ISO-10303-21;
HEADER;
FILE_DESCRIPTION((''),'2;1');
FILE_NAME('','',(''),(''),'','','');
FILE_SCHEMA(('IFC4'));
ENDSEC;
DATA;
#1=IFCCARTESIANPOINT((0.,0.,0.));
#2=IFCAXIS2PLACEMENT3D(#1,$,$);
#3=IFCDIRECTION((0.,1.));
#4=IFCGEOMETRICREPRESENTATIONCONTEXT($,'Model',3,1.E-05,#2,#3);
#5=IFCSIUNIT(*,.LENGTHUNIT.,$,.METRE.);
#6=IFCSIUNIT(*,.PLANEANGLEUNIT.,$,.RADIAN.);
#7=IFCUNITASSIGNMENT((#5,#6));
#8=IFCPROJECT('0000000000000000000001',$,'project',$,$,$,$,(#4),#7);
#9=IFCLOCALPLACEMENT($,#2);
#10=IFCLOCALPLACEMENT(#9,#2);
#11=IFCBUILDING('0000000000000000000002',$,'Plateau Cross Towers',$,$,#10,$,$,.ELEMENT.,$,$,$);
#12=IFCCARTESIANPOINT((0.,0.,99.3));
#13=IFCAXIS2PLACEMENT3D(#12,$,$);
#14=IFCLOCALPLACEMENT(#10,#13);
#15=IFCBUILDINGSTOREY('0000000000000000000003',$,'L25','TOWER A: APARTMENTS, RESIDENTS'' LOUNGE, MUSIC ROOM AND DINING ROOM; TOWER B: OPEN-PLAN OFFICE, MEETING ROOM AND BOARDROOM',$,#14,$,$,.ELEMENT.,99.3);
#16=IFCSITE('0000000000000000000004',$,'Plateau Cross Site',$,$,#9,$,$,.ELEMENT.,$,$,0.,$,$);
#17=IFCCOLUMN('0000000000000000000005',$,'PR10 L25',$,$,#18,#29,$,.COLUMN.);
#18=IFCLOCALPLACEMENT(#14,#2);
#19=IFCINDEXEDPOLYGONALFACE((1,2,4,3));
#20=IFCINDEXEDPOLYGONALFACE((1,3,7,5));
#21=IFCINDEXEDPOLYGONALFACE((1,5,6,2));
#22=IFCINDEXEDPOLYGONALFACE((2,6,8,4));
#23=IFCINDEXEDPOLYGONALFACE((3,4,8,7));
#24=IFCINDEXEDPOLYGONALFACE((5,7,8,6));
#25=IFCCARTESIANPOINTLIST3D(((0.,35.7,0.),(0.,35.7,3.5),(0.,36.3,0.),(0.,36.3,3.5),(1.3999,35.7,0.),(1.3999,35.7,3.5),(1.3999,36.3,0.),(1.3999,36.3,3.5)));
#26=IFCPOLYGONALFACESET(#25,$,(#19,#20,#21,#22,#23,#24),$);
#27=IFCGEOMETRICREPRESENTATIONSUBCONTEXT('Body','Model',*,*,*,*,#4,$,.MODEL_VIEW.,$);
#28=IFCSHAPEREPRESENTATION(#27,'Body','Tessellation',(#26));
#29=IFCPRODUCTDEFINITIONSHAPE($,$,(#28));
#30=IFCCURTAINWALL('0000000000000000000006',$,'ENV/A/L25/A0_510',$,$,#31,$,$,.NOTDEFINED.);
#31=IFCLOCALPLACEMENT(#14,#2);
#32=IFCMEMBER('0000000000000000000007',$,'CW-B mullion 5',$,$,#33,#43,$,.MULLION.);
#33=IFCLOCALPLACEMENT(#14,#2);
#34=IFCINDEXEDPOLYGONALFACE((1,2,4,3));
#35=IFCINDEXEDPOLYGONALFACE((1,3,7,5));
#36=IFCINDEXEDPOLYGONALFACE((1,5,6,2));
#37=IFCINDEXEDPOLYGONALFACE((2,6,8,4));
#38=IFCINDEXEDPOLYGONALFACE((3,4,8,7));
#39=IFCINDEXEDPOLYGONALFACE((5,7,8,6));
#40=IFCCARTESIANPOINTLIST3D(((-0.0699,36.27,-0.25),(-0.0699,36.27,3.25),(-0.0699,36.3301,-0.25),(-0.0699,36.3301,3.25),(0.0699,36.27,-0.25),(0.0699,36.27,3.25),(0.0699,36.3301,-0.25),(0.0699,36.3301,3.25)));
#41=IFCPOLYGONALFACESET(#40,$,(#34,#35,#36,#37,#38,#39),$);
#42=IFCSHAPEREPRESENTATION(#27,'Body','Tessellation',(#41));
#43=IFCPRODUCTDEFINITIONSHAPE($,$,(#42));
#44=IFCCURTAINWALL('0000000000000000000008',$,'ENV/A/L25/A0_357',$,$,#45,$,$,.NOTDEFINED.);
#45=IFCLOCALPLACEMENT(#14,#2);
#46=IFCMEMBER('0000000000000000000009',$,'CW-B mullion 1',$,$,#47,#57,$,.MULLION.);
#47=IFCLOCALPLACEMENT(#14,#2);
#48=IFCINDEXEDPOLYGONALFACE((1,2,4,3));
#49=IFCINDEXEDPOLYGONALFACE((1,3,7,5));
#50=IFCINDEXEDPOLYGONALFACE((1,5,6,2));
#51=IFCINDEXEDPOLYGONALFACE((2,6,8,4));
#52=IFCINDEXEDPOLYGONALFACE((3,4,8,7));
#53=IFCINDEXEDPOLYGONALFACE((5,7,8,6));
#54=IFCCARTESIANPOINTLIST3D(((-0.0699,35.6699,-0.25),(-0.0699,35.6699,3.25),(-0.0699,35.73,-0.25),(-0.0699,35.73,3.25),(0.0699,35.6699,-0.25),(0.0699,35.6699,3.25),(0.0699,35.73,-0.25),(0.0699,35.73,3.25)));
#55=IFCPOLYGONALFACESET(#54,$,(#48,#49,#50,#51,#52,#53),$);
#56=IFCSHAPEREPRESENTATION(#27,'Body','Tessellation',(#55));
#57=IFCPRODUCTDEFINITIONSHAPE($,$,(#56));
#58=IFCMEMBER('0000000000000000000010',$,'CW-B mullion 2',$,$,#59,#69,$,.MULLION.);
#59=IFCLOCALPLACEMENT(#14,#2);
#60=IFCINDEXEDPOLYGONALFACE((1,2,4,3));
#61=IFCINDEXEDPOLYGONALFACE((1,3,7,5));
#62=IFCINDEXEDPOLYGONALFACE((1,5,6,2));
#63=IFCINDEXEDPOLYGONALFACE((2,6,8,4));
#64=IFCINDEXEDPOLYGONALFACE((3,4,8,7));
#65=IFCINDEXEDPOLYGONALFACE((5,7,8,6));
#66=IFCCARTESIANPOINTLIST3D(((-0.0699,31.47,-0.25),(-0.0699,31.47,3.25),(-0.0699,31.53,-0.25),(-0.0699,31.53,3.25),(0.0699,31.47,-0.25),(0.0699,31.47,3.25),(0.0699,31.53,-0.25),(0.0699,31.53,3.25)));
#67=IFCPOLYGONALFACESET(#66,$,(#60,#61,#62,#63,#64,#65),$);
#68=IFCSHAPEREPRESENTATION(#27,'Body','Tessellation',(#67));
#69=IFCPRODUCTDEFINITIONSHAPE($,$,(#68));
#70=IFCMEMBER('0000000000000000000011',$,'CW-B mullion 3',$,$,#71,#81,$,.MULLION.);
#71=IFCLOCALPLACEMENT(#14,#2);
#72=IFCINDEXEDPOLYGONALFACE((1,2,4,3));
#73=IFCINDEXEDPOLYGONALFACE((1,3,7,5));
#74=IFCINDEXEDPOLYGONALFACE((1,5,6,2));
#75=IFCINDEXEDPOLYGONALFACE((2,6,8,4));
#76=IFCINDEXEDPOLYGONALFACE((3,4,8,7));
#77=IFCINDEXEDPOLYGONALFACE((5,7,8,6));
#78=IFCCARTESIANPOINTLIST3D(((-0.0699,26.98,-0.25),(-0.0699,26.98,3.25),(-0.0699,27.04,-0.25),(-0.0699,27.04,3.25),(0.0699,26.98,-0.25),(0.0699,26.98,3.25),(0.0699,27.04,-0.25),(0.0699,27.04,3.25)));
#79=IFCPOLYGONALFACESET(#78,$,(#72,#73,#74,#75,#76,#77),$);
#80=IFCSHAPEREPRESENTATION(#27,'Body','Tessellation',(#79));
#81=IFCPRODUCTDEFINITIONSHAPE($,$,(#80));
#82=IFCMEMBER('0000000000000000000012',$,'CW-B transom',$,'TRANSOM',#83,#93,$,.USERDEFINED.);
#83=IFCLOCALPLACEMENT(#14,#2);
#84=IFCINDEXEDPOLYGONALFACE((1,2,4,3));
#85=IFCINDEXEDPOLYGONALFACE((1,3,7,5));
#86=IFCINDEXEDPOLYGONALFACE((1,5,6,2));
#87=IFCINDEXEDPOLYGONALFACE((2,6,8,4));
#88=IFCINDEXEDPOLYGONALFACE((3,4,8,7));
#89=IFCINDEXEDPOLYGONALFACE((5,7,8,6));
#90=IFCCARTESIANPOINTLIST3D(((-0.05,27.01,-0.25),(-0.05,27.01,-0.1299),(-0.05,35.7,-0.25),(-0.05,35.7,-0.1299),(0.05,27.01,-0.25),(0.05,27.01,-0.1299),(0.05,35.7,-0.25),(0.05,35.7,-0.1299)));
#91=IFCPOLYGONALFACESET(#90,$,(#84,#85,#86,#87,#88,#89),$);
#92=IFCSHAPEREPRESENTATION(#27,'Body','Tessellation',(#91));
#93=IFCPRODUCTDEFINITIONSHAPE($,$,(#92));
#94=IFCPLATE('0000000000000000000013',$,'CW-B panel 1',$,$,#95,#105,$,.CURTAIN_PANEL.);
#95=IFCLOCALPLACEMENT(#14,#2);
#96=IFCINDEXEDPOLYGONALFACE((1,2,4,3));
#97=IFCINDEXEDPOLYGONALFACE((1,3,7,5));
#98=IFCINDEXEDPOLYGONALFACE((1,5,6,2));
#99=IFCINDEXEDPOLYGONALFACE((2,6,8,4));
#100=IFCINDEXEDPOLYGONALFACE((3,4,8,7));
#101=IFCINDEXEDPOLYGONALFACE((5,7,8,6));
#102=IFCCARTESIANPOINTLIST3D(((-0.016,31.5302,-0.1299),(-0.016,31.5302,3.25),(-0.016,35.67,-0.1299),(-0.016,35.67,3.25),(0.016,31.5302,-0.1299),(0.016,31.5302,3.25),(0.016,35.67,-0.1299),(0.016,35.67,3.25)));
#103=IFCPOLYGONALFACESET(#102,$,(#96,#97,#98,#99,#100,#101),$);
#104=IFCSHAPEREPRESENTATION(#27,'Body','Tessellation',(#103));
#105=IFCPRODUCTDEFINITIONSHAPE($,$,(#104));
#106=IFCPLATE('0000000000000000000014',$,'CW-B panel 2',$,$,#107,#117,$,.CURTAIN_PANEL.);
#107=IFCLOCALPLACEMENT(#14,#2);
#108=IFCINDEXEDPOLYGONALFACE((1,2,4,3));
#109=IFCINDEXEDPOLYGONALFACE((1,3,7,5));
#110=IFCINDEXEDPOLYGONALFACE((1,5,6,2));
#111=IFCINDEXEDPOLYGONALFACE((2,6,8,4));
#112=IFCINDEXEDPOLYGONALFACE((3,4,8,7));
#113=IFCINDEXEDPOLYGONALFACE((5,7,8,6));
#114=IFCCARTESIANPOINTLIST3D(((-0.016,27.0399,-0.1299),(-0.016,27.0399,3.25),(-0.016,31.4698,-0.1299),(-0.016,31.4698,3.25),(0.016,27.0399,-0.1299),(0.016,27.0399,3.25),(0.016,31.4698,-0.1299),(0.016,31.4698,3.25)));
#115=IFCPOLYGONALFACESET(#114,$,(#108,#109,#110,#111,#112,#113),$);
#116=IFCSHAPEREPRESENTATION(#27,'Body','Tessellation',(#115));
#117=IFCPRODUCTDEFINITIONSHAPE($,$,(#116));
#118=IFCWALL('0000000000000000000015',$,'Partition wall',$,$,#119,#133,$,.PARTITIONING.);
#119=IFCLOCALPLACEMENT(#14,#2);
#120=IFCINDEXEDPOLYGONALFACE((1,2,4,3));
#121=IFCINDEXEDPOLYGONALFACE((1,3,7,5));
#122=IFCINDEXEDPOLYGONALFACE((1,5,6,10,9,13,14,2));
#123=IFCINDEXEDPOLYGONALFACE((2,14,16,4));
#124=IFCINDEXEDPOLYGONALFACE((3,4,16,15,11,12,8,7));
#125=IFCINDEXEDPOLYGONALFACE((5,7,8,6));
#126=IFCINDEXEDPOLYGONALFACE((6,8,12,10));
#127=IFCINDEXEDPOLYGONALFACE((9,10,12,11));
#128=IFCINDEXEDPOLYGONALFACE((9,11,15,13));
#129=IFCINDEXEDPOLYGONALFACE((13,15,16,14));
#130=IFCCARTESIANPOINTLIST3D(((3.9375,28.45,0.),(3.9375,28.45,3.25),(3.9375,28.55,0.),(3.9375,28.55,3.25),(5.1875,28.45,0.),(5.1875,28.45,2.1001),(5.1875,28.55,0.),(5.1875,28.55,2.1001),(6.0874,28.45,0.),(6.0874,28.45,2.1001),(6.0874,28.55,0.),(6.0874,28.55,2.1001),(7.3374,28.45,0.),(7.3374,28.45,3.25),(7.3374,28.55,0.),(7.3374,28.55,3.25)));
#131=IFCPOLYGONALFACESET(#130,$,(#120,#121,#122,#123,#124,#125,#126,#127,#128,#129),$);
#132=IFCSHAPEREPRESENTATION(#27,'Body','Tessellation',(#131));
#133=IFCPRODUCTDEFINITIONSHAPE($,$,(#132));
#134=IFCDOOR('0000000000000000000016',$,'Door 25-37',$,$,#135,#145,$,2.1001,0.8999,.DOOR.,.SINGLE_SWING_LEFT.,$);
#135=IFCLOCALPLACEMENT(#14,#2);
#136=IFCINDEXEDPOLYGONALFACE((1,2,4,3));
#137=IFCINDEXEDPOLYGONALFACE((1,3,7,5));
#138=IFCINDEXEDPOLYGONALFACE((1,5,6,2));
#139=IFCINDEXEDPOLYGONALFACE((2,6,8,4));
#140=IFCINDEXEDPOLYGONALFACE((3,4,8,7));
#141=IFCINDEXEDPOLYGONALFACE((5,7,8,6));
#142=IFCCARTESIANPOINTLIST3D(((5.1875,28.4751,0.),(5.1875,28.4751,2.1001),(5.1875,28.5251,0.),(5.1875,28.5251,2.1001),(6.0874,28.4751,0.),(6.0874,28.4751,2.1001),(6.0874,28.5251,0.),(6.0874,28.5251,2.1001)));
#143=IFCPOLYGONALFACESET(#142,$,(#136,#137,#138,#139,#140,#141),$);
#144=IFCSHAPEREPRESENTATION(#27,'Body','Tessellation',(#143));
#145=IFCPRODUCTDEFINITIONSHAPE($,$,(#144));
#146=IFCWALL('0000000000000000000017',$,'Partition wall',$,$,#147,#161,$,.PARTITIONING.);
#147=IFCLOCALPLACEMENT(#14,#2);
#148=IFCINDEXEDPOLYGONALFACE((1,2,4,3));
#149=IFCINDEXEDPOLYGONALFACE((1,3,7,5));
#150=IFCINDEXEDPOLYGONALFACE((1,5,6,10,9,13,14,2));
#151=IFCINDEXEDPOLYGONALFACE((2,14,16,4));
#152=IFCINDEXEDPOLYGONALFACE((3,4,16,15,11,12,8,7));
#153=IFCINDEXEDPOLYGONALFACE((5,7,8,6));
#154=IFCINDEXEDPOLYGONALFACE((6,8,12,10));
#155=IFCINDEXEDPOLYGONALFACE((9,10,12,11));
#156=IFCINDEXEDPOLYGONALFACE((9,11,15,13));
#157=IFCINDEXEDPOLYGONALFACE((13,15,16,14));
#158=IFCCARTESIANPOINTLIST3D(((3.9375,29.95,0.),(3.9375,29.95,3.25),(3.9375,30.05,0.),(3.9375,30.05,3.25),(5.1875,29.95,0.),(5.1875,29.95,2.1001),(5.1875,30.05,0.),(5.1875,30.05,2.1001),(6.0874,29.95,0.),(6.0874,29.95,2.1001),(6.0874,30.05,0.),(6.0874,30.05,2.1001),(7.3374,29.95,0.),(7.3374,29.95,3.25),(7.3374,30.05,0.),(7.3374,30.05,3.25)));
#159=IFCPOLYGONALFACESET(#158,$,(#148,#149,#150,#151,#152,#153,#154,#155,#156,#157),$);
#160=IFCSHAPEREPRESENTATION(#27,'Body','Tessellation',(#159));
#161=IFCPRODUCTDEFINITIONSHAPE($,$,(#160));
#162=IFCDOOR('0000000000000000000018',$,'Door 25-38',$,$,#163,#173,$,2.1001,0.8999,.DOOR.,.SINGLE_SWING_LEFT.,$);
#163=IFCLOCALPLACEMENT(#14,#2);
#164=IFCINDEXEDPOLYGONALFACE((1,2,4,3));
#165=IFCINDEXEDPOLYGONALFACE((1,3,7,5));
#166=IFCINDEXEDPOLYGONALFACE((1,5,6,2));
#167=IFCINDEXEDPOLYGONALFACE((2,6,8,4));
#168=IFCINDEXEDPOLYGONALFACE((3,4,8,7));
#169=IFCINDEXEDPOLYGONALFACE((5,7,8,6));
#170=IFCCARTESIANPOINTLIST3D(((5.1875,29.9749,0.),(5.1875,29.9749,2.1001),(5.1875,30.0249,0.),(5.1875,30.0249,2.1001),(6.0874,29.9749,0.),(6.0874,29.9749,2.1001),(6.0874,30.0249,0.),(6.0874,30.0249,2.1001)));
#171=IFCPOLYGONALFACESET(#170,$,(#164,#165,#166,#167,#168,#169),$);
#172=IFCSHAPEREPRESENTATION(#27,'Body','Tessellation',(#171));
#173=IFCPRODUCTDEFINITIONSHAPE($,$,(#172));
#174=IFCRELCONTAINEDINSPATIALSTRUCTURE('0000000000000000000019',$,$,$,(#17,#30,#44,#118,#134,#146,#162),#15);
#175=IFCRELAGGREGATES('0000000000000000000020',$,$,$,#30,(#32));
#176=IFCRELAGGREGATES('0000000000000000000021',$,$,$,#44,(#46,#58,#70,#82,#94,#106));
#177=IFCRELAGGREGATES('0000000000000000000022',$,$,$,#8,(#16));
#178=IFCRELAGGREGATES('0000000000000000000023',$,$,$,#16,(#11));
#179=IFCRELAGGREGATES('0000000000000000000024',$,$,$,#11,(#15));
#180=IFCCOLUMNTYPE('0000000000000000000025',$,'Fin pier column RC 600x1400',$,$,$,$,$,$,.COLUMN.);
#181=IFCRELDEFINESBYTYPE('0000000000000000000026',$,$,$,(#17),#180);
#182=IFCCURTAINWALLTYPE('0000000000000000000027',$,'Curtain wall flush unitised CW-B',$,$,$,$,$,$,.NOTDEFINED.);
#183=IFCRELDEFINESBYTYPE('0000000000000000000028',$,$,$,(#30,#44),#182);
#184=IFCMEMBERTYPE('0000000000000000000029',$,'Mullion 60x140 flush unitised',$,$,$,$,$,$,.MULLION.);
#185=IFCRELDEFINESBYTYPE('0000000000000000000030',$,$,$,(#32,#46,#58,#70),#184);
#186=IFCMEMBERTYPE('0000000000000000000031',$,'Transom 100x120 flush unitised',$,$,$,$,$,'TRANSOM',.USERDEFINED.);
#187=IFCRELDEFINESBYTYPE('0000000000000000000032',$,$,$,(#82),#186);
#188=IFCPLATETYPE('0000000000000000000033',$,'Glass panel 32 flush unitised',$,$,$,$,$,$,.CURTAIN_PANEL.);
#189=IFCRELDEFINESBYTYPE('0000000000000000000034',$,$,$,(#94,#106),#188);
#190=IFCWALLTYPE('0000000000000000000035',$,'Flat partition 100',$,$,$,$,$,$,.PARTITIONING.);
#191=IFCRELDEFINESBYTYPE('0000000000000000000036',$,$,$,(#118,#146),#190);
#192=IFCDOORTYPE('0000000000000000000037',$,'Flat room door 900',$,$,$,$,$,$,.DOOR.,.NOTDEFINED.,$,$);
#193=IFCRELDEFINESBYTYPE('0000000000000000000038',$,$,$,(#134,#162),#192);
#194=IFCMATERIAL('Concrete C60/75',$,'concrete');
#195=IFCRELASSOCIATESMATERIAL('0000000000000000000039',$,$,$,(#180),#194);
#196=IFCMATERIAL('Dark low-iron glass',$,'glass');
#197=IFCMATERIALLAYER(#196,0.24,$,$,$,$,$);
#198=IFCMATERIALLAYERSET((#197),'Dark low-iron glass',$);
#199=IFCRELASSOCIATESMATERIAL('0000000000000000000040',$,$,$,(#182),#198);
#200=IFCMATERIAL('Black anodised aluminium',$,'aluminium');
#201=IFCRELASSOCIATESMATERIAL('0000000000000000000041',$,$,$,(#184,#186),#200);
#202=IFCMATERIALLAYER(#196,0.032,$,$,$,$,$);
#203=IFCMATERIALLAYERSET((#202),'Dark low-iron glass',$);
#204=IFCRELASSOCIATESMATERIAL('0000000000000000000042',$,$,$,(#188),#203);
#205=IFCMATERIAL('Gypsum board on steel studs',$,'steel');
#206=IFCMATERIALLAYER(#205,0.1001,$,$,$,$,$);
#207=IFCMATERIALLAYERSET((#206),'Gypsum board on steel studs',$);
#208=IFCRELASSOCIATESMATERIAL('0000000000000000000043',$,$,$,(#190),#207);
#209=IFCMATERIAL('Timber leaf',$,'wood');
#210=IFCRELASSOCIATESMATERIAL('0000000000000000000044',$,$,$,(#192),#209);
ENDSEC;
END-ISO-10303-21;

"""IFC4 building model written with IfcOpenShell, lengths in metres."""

from ifc_helpers import new_model, si_unit, direction, frame, frame_2d, origin, origin_2d, place, context, subcontext, project, spatial, rectangle, extrude, material, layer, layer_set, material_profile, profile_set, type_object, element, fill, aggregate, save


model = new_model("IFC4")

# Units and contexts
model_context = context("Model", 3, precision=1e-05, world=origin(), true_north=direction((0.0, 1.0)))
body_context = subcontext(model_context, "Body", "Model", "MODEL_VIEW")
ifc_project = project(units=[si_unit("LENGTHUNIT", "METRE"), si_unit("PLANEANGLEUNIT", "RADIAN")], contexts=[model_context])

# Site, building, storey
site_placement = place(None, origin())
site = spatial("IfcSite", under=ifc_project, at=site_placement, Name="Plateau Cross Site", CompositionType="ELEMENT", RefElevation=0.0)
building_placement = place(site_placement, origin())
building = spatial("IfcBuilding", under=site, at=building_placement, Name="Plateau Cross Towers", CompositionType="ELEMENT")
storey_placement = place(building_placement, frame((0.0, 0.0, 99.3)))
storey = spatial("IfcBuildingStorey", under=building, at=storey_placement, Name="L25", Description="TOWER A: APARTMENTS, RESIDENTS' LOUNGE, MUSIC ROOM AND DINING ROOM; TOWER B: OPEN-PLAN OFFICE, MEETING ROOM AND BOARDROOM", CompositionType="ELEMENT", Elevation=99.3)

# Column
ifc_material_1 = material(Name="Concrete C60/75", Category="concrete")
ifc_material_profile_1 = material_profile(ifc_material_1, rectangle(XDim=0.6001, YDim=1.3999, at=origin_2d()), Name="RC 600x1400")
ifc_profile_set_1 = profile_set([ifc_material_profile_1], Name="Concrete C60/75")
column_type = type_object("IfcColumnType", Name="Fin pier column RC 600x1400", PredefinedType="COLUMN", material=ifc_profile_set_1)
column_placement = place(storey_placement, frame((0.7, 36.0, 0.0), z_axis=(0.0, 0.0, 1.0), x_axis=(0.0, 1.0, 0.0)))
element("IfcColumn", 1, at=column_placement, inside=storey, type_object=column_type, Name="PR10 L25", PredefinedType="COLUMN", context=body_context, shape_type="SweptSolid", body=[
    extrude(rectangle(XDim=0.6001, YDim=1.3999, at=origin_2d()), origin(), (0.0, 0.0, 1.0), 3.5),
])

# Curtain wall, member
ifc_material_2 = material(Name="Dark low-iron glass", Category="glass")
ifc_layer_1 = layer(ifc_material_2, 0.24)
ifc_layer_set_1 = layer_set([ifc_layer_1], Name="Dark low-iron glass")
curtain_wall_type = type_object("IfcCurtainWallType", Name="Curtain wall flush unitised CW-B", PredefinedType="NOTDEFINED", material=ifc_layer_set_1)
curtain_wall_1_placement = place(storey_placement, origin())
curtain_wall_1 = element("IfcCurtainWall", 2, at=curtain_wall_1_placement, inside=storey, type_object=curtain_wall_type, Name="ENV/A/L25/A0_510", PredefinedType="NOTDEFINED")
ifc_material_3 = material(Name="Black anodised aluminium", Category="aluminium")
ifc_material_profile_2 = material_profile(ifc_material_3, rectangle(XDim=0.0601, YDim=0.1399, at=origin_2d()), Name="MULLION 60x140")
ifc_profile_set_2 = profile_set([ifc_material_profile_2], Name="Black anodised aluminium")
member_type_1 = type_object("IfcMemberType", Name="Mullion 60x140 flush unitised", PredefinedType="MULLION", material=ifc_profile_set_2)
member_1_placement = place(storey_placement, frame((0.0, 36.3, -0.25), z_axis=(0.0, 0.0, 1.0), x_axis=(0.0, -1.0, 0.0)))
member_1 = element("IfcMember", 3, at=member_1_placement, type_object=member_type_1, Name="CW-B mullion 5", PredefinedType="MULLION", context=body_context, shape_type="SweptSolid", body=[
    extrude(rectangle(XDim=0.0601, YDim=0.1399, at=origin_2d()), origin(), (0.0, 0.0, 1.0), 3.5),
])
aggregate(curtain_wall_1, [member_1])

# Curtain wall, members, plates
curtain_wall_2_placement = place(storey_placement, origin())
curtain_wall_2 = element("IfcCurtainWall", 4, at=curtain_wall_2_placement, inside=storey, type_object=curtain_wall_type, Name="ENV/A/L25/A0_357", PredefinedType="NOTDEFINED")
member_2_placement = place(storey_placement, frame((0.0, 35.7, -0.25), z_axis=(0.0, 0.0, 1.0), x_axis=(0.0, -1.0, 0.0)))
member_2 = element("IfcMember", 5, at=member_2_placement, type_object=member_type_1, Name="CW-B mullion 1", PredefinedType="MULLION", context=body_context, shape_type="SweptSolid", body=[
    extrude(rectangle(XDim=0.0601, YDim=0.1399, at=origin_2d()), origin(), (0.0, 0.0, 1.0), 3.5),
])
member_3_placement = place(storey_placement, frame((0.0, 31.5, -0.25), z_axis=(0.0, 0.0, 1.0), x_axis=(0.0, -1.0, 0.0)))
member_3 = element("IfcMember", 6, at=member_3_placement, type_object=member_type_1, Name="CW-B mullion 2", PredefinedType="MULLION", context=body_context, shape_type="SweptSolid", body=[
    extrude(rectangle(XDim=0.0601, YDim=0.1399, at=origin_2d()), origin(), (0.0, 0.0, 1.0), 3.5),
])
member_4_placement = place(storey_placement, frame((0.0, 27.01, -0.25), z_axis=(0.0, 0.0, 1.0), x_axis=(0.0, -1.0, 0.0)))
member_4 = element("IfcMember", 7, at=member_4_placement, type_object=member_type_1, Name="CW-B mullion 3", PredefinedType="MULLION", context=body_context, shape_type="SweptSolid", body=[
    extrude(rectangle(XDim=0.0601, YDim=0.1399, at=origin_2d()), origin(), (0.0, 0.0, 1.0), 3.5),
])
ifc_material_profile_3 = material_profile(ifc_material_3, rectangle(XDim=0.1001, YDim=0.1201, at=origin_2d()), Name="TRANSOM 100x120")
ifc_profile_set_3 = profile_set([ifc_material_profile_3], Name="Black anodised aluminium")
member_type_2 = type_object("IfcMemberType", Name="Transom 100x120 flush unitised", ElementType="TRANSOM", PredefinedType="USERDEFINED", material=ifc_profile_set_3)
member_5_placement = place(storey_placement, frame((0.0, 35.7, -0.1899), z_axis=(0.0, -1.0, 0.0), x_axis=(1.0, 0.0, 0.0)))
member_5 = element("IfcMember", 8, at=member_5_placement, type_object=member_type_2, Name="CW-B transom", ObjectType="TRANSOM", PredefinedType="USERDEFINED", context=body_context, shape_type="SweptSolid", body=[
    extrude(rectangle(XDim=0.1001, YDim=0.1201, at=origin_2d()), origin(), (0.0, 0.0, 1.0), 8.6899),
])
ifc_layer_2 = layer(ifc_material_2, 0.032)
ifc_layer_set_2 = layer_set([ifc_layer_2], Name="Dark low-iron glass")
plate_type = type_object("IfcPlateType", Name="Glass panel 32 flush unitised", PredefinedType="CURTAIN_PANEL", material=ifc_layer_set_2)
plate_1_placement = place(storey_placement, frame((0.0, 33.6001, -0.1299), z_axis=(0.0, 0.0, 1.0), x_axis=(0.0, -1.0, 0.0)))
plate_1 = element("IfcPlate", 9, at=plate_1_placement, type_object=plate_type, Name="CW-B panel 1", PredefinedType="CURTAIN_PANEL", context=body_context, shape_type="SweptSolid", body=[
    extrude(rectangle(XDim=4.1399, YDim=0.032, at=origin_2d()), origin(), (0.0, 0.0, 1.0), 3.3799),
])
plate_2_placement = place(storey_placement, frame((0.0, 29.2549, -0.1299), z_axis=(0.0, 0.0, 1.0), x_axis=(0.0, -1.0, 0.0)))
plate_2 = element("IfcPlate", 10, at=plate_2_placement, type_object=plate_type, Name="CW-B panel 2", PredefinedType="CURTAIN_PANEL", context=body_context, shape_type="SweptSolid", body=[
    extrude(rectangle(XDim=4.4299, YDim=0.032, at=origin_2d()), origin(), (0.0, 0.0, 1.0), 3.3799),
])
aggregate(curtain_wall_2, [member_2, member_3, member_4, member_5, plate_1, plate_2])

# Walls, openings, doors
ifc_material_4 = material(Name="Gypsum board on steel studs", Category="steel")
ifc_layer_3 = layer(ifc_material_4, 0.1001)
ifc_layer_set_3 = layer_set([ifc_layer_3], Name="Gypsum board on steel studs")
wall_type_1 = type_object("IfcWallType", Name="Flat partition 100", PredefinedType="PARTITIONING", material=ifc_layer_set_3)
wall_1_placement = place(storey_placement, frame((7.3374, 28.5, 0.0), z_axis=(0.0, 0.0, 1.0), x_axis=(-1.0, 0.0, 0.0)))
wall_1 = element("IfcWall", 11, at=wall_1_placement, inside=storey, type_object=wall_type_1, Name="Partition wall", PredefinedType="PARTITIONING", context=body_context, shape_type="SweptSolid", body=[
    extrude(rectangle(XDim=3.3999, YDim=0.1001, at=frame_2d((1.7, 0.0))), origin(), (0.0, 0.0, 1.0), 3.25),
])
opening_1_placement = place(wall_1_placement, frame((1.25, 0.0, 0.0)))
opening_1 = element("IfcOpeningElement", 12, at=opening_1_placement, cuts=wall_1, PredefinedType="OPENING", context=body_context, shape_type="SweptSolid", body=[
    extrude(rectangle(XDim=0.8999, YDim=2.1001, at=frame_2d((0.45, 1.05))), frame((0.0, 0.0601, 0.0), z_axis=(0.0, -1.0, 0.0), x_axis=(1.0, 0.0, 0.0)), (0.0, 0.0, 1.0), 0.1201),
])
ifc_material_5 = material(Name="Timber leaf", Category="wood")
door_type = type_object("IfcDoorType", Name="Flat room door 900", OperationType="NOTDEFINED", PredefinedType="DOOR", material=ifc_material_5)
door_1_placement = place(opening_1_placement, origin())
door_1 = element("IfcDoor", 13, at=door_1_placement, inside=storey, type_object=door_type, Name="Door 25-37", OperationType="SINGLE_SWING_LEFT", OverallHeight=2.1001, OverallWidth=0.8999, PredefinedType="DOOR", context=body_context, shape_type="SweptSolid", body=[
    extrude(rectangle(XDim=0.8999, YDim=2.1001, at=frame_2d((0.45, 1.05))), frame((0.0, 0.0249, 0.0), z_axis=(0.0, -1.0, 0.0), x_axis=(1.0, 0.0, 0.0)), (0.0, 0.0, 1.0), 0.05),
])
fill(opening_1, door_1)
wall_2_placement = place(storey_placement, frame((3.9375, 30.0, 0.0), z_axis=(0.0, 0.0, 1.0), x_axis=(1.0, 0.0, 0.0)))
wall_2 = element("IfcWall", 14, at=wall_2_placement, inside=storey, type_object=wall_type_1, Name="Partition wall", PredefinedType="PARTITIONING", context=body_context, shape_type="SweptSolid", body=[
    extrude(rectangle(XDim=3.3999, YDim=0.1001, at=frame_2d((1.7, 0.0))), origin(), (0.0, 0.0, 1.0), 3.25),
])
opening_2_placement = place(wall_2_placement, frame((1.25, 0.0, 0.0)))
opening_2 = element("IfcOpeningElement", 15, at=opening_2_placement, cuts=wall_2, PredefinedType="OPENING", context=body_context, shape_type="SweptSolid", body=[
    extrude(rectangle(XDim=0.8999, YDim=2.1001, at=frame_2d((0.45, 1.05))), frame((0.0, 0.0601, 0.0), z_axis=(0.0, -1.0, 0.0), x_axis=(1.0, 0.0, 0.0)), (0.0, 0.0, 1.0), 0.1201),
])
door_2_placement = place(opening_2_placement, origin())
door_2 = element("IfcDoor", 16, at=door_2_placement, inside=storey, type_object=door_type, Name="Door 25-38", OperationType="SINGLE_SWING_LEFT", OverallHeight=2.1001, OverallWidth=0.8999, PredefinedType="DOOR", context=body_context, shape_type="SweptSolid", body=[
    extrude(rectangle(XDim=0.8999, YDim=2.1001, at=frame_2d((0.45, 1.05))), frame((0.0, 0.0249, 0.0), z_axis=(0.0, -1.0, 0.0), x_axis=(1.0, 0.0, 0.0)), (0.0, 0.0, 1.0), 0.05),
])
fill(opening_2, door_2)

save(model, "model.ifc")
